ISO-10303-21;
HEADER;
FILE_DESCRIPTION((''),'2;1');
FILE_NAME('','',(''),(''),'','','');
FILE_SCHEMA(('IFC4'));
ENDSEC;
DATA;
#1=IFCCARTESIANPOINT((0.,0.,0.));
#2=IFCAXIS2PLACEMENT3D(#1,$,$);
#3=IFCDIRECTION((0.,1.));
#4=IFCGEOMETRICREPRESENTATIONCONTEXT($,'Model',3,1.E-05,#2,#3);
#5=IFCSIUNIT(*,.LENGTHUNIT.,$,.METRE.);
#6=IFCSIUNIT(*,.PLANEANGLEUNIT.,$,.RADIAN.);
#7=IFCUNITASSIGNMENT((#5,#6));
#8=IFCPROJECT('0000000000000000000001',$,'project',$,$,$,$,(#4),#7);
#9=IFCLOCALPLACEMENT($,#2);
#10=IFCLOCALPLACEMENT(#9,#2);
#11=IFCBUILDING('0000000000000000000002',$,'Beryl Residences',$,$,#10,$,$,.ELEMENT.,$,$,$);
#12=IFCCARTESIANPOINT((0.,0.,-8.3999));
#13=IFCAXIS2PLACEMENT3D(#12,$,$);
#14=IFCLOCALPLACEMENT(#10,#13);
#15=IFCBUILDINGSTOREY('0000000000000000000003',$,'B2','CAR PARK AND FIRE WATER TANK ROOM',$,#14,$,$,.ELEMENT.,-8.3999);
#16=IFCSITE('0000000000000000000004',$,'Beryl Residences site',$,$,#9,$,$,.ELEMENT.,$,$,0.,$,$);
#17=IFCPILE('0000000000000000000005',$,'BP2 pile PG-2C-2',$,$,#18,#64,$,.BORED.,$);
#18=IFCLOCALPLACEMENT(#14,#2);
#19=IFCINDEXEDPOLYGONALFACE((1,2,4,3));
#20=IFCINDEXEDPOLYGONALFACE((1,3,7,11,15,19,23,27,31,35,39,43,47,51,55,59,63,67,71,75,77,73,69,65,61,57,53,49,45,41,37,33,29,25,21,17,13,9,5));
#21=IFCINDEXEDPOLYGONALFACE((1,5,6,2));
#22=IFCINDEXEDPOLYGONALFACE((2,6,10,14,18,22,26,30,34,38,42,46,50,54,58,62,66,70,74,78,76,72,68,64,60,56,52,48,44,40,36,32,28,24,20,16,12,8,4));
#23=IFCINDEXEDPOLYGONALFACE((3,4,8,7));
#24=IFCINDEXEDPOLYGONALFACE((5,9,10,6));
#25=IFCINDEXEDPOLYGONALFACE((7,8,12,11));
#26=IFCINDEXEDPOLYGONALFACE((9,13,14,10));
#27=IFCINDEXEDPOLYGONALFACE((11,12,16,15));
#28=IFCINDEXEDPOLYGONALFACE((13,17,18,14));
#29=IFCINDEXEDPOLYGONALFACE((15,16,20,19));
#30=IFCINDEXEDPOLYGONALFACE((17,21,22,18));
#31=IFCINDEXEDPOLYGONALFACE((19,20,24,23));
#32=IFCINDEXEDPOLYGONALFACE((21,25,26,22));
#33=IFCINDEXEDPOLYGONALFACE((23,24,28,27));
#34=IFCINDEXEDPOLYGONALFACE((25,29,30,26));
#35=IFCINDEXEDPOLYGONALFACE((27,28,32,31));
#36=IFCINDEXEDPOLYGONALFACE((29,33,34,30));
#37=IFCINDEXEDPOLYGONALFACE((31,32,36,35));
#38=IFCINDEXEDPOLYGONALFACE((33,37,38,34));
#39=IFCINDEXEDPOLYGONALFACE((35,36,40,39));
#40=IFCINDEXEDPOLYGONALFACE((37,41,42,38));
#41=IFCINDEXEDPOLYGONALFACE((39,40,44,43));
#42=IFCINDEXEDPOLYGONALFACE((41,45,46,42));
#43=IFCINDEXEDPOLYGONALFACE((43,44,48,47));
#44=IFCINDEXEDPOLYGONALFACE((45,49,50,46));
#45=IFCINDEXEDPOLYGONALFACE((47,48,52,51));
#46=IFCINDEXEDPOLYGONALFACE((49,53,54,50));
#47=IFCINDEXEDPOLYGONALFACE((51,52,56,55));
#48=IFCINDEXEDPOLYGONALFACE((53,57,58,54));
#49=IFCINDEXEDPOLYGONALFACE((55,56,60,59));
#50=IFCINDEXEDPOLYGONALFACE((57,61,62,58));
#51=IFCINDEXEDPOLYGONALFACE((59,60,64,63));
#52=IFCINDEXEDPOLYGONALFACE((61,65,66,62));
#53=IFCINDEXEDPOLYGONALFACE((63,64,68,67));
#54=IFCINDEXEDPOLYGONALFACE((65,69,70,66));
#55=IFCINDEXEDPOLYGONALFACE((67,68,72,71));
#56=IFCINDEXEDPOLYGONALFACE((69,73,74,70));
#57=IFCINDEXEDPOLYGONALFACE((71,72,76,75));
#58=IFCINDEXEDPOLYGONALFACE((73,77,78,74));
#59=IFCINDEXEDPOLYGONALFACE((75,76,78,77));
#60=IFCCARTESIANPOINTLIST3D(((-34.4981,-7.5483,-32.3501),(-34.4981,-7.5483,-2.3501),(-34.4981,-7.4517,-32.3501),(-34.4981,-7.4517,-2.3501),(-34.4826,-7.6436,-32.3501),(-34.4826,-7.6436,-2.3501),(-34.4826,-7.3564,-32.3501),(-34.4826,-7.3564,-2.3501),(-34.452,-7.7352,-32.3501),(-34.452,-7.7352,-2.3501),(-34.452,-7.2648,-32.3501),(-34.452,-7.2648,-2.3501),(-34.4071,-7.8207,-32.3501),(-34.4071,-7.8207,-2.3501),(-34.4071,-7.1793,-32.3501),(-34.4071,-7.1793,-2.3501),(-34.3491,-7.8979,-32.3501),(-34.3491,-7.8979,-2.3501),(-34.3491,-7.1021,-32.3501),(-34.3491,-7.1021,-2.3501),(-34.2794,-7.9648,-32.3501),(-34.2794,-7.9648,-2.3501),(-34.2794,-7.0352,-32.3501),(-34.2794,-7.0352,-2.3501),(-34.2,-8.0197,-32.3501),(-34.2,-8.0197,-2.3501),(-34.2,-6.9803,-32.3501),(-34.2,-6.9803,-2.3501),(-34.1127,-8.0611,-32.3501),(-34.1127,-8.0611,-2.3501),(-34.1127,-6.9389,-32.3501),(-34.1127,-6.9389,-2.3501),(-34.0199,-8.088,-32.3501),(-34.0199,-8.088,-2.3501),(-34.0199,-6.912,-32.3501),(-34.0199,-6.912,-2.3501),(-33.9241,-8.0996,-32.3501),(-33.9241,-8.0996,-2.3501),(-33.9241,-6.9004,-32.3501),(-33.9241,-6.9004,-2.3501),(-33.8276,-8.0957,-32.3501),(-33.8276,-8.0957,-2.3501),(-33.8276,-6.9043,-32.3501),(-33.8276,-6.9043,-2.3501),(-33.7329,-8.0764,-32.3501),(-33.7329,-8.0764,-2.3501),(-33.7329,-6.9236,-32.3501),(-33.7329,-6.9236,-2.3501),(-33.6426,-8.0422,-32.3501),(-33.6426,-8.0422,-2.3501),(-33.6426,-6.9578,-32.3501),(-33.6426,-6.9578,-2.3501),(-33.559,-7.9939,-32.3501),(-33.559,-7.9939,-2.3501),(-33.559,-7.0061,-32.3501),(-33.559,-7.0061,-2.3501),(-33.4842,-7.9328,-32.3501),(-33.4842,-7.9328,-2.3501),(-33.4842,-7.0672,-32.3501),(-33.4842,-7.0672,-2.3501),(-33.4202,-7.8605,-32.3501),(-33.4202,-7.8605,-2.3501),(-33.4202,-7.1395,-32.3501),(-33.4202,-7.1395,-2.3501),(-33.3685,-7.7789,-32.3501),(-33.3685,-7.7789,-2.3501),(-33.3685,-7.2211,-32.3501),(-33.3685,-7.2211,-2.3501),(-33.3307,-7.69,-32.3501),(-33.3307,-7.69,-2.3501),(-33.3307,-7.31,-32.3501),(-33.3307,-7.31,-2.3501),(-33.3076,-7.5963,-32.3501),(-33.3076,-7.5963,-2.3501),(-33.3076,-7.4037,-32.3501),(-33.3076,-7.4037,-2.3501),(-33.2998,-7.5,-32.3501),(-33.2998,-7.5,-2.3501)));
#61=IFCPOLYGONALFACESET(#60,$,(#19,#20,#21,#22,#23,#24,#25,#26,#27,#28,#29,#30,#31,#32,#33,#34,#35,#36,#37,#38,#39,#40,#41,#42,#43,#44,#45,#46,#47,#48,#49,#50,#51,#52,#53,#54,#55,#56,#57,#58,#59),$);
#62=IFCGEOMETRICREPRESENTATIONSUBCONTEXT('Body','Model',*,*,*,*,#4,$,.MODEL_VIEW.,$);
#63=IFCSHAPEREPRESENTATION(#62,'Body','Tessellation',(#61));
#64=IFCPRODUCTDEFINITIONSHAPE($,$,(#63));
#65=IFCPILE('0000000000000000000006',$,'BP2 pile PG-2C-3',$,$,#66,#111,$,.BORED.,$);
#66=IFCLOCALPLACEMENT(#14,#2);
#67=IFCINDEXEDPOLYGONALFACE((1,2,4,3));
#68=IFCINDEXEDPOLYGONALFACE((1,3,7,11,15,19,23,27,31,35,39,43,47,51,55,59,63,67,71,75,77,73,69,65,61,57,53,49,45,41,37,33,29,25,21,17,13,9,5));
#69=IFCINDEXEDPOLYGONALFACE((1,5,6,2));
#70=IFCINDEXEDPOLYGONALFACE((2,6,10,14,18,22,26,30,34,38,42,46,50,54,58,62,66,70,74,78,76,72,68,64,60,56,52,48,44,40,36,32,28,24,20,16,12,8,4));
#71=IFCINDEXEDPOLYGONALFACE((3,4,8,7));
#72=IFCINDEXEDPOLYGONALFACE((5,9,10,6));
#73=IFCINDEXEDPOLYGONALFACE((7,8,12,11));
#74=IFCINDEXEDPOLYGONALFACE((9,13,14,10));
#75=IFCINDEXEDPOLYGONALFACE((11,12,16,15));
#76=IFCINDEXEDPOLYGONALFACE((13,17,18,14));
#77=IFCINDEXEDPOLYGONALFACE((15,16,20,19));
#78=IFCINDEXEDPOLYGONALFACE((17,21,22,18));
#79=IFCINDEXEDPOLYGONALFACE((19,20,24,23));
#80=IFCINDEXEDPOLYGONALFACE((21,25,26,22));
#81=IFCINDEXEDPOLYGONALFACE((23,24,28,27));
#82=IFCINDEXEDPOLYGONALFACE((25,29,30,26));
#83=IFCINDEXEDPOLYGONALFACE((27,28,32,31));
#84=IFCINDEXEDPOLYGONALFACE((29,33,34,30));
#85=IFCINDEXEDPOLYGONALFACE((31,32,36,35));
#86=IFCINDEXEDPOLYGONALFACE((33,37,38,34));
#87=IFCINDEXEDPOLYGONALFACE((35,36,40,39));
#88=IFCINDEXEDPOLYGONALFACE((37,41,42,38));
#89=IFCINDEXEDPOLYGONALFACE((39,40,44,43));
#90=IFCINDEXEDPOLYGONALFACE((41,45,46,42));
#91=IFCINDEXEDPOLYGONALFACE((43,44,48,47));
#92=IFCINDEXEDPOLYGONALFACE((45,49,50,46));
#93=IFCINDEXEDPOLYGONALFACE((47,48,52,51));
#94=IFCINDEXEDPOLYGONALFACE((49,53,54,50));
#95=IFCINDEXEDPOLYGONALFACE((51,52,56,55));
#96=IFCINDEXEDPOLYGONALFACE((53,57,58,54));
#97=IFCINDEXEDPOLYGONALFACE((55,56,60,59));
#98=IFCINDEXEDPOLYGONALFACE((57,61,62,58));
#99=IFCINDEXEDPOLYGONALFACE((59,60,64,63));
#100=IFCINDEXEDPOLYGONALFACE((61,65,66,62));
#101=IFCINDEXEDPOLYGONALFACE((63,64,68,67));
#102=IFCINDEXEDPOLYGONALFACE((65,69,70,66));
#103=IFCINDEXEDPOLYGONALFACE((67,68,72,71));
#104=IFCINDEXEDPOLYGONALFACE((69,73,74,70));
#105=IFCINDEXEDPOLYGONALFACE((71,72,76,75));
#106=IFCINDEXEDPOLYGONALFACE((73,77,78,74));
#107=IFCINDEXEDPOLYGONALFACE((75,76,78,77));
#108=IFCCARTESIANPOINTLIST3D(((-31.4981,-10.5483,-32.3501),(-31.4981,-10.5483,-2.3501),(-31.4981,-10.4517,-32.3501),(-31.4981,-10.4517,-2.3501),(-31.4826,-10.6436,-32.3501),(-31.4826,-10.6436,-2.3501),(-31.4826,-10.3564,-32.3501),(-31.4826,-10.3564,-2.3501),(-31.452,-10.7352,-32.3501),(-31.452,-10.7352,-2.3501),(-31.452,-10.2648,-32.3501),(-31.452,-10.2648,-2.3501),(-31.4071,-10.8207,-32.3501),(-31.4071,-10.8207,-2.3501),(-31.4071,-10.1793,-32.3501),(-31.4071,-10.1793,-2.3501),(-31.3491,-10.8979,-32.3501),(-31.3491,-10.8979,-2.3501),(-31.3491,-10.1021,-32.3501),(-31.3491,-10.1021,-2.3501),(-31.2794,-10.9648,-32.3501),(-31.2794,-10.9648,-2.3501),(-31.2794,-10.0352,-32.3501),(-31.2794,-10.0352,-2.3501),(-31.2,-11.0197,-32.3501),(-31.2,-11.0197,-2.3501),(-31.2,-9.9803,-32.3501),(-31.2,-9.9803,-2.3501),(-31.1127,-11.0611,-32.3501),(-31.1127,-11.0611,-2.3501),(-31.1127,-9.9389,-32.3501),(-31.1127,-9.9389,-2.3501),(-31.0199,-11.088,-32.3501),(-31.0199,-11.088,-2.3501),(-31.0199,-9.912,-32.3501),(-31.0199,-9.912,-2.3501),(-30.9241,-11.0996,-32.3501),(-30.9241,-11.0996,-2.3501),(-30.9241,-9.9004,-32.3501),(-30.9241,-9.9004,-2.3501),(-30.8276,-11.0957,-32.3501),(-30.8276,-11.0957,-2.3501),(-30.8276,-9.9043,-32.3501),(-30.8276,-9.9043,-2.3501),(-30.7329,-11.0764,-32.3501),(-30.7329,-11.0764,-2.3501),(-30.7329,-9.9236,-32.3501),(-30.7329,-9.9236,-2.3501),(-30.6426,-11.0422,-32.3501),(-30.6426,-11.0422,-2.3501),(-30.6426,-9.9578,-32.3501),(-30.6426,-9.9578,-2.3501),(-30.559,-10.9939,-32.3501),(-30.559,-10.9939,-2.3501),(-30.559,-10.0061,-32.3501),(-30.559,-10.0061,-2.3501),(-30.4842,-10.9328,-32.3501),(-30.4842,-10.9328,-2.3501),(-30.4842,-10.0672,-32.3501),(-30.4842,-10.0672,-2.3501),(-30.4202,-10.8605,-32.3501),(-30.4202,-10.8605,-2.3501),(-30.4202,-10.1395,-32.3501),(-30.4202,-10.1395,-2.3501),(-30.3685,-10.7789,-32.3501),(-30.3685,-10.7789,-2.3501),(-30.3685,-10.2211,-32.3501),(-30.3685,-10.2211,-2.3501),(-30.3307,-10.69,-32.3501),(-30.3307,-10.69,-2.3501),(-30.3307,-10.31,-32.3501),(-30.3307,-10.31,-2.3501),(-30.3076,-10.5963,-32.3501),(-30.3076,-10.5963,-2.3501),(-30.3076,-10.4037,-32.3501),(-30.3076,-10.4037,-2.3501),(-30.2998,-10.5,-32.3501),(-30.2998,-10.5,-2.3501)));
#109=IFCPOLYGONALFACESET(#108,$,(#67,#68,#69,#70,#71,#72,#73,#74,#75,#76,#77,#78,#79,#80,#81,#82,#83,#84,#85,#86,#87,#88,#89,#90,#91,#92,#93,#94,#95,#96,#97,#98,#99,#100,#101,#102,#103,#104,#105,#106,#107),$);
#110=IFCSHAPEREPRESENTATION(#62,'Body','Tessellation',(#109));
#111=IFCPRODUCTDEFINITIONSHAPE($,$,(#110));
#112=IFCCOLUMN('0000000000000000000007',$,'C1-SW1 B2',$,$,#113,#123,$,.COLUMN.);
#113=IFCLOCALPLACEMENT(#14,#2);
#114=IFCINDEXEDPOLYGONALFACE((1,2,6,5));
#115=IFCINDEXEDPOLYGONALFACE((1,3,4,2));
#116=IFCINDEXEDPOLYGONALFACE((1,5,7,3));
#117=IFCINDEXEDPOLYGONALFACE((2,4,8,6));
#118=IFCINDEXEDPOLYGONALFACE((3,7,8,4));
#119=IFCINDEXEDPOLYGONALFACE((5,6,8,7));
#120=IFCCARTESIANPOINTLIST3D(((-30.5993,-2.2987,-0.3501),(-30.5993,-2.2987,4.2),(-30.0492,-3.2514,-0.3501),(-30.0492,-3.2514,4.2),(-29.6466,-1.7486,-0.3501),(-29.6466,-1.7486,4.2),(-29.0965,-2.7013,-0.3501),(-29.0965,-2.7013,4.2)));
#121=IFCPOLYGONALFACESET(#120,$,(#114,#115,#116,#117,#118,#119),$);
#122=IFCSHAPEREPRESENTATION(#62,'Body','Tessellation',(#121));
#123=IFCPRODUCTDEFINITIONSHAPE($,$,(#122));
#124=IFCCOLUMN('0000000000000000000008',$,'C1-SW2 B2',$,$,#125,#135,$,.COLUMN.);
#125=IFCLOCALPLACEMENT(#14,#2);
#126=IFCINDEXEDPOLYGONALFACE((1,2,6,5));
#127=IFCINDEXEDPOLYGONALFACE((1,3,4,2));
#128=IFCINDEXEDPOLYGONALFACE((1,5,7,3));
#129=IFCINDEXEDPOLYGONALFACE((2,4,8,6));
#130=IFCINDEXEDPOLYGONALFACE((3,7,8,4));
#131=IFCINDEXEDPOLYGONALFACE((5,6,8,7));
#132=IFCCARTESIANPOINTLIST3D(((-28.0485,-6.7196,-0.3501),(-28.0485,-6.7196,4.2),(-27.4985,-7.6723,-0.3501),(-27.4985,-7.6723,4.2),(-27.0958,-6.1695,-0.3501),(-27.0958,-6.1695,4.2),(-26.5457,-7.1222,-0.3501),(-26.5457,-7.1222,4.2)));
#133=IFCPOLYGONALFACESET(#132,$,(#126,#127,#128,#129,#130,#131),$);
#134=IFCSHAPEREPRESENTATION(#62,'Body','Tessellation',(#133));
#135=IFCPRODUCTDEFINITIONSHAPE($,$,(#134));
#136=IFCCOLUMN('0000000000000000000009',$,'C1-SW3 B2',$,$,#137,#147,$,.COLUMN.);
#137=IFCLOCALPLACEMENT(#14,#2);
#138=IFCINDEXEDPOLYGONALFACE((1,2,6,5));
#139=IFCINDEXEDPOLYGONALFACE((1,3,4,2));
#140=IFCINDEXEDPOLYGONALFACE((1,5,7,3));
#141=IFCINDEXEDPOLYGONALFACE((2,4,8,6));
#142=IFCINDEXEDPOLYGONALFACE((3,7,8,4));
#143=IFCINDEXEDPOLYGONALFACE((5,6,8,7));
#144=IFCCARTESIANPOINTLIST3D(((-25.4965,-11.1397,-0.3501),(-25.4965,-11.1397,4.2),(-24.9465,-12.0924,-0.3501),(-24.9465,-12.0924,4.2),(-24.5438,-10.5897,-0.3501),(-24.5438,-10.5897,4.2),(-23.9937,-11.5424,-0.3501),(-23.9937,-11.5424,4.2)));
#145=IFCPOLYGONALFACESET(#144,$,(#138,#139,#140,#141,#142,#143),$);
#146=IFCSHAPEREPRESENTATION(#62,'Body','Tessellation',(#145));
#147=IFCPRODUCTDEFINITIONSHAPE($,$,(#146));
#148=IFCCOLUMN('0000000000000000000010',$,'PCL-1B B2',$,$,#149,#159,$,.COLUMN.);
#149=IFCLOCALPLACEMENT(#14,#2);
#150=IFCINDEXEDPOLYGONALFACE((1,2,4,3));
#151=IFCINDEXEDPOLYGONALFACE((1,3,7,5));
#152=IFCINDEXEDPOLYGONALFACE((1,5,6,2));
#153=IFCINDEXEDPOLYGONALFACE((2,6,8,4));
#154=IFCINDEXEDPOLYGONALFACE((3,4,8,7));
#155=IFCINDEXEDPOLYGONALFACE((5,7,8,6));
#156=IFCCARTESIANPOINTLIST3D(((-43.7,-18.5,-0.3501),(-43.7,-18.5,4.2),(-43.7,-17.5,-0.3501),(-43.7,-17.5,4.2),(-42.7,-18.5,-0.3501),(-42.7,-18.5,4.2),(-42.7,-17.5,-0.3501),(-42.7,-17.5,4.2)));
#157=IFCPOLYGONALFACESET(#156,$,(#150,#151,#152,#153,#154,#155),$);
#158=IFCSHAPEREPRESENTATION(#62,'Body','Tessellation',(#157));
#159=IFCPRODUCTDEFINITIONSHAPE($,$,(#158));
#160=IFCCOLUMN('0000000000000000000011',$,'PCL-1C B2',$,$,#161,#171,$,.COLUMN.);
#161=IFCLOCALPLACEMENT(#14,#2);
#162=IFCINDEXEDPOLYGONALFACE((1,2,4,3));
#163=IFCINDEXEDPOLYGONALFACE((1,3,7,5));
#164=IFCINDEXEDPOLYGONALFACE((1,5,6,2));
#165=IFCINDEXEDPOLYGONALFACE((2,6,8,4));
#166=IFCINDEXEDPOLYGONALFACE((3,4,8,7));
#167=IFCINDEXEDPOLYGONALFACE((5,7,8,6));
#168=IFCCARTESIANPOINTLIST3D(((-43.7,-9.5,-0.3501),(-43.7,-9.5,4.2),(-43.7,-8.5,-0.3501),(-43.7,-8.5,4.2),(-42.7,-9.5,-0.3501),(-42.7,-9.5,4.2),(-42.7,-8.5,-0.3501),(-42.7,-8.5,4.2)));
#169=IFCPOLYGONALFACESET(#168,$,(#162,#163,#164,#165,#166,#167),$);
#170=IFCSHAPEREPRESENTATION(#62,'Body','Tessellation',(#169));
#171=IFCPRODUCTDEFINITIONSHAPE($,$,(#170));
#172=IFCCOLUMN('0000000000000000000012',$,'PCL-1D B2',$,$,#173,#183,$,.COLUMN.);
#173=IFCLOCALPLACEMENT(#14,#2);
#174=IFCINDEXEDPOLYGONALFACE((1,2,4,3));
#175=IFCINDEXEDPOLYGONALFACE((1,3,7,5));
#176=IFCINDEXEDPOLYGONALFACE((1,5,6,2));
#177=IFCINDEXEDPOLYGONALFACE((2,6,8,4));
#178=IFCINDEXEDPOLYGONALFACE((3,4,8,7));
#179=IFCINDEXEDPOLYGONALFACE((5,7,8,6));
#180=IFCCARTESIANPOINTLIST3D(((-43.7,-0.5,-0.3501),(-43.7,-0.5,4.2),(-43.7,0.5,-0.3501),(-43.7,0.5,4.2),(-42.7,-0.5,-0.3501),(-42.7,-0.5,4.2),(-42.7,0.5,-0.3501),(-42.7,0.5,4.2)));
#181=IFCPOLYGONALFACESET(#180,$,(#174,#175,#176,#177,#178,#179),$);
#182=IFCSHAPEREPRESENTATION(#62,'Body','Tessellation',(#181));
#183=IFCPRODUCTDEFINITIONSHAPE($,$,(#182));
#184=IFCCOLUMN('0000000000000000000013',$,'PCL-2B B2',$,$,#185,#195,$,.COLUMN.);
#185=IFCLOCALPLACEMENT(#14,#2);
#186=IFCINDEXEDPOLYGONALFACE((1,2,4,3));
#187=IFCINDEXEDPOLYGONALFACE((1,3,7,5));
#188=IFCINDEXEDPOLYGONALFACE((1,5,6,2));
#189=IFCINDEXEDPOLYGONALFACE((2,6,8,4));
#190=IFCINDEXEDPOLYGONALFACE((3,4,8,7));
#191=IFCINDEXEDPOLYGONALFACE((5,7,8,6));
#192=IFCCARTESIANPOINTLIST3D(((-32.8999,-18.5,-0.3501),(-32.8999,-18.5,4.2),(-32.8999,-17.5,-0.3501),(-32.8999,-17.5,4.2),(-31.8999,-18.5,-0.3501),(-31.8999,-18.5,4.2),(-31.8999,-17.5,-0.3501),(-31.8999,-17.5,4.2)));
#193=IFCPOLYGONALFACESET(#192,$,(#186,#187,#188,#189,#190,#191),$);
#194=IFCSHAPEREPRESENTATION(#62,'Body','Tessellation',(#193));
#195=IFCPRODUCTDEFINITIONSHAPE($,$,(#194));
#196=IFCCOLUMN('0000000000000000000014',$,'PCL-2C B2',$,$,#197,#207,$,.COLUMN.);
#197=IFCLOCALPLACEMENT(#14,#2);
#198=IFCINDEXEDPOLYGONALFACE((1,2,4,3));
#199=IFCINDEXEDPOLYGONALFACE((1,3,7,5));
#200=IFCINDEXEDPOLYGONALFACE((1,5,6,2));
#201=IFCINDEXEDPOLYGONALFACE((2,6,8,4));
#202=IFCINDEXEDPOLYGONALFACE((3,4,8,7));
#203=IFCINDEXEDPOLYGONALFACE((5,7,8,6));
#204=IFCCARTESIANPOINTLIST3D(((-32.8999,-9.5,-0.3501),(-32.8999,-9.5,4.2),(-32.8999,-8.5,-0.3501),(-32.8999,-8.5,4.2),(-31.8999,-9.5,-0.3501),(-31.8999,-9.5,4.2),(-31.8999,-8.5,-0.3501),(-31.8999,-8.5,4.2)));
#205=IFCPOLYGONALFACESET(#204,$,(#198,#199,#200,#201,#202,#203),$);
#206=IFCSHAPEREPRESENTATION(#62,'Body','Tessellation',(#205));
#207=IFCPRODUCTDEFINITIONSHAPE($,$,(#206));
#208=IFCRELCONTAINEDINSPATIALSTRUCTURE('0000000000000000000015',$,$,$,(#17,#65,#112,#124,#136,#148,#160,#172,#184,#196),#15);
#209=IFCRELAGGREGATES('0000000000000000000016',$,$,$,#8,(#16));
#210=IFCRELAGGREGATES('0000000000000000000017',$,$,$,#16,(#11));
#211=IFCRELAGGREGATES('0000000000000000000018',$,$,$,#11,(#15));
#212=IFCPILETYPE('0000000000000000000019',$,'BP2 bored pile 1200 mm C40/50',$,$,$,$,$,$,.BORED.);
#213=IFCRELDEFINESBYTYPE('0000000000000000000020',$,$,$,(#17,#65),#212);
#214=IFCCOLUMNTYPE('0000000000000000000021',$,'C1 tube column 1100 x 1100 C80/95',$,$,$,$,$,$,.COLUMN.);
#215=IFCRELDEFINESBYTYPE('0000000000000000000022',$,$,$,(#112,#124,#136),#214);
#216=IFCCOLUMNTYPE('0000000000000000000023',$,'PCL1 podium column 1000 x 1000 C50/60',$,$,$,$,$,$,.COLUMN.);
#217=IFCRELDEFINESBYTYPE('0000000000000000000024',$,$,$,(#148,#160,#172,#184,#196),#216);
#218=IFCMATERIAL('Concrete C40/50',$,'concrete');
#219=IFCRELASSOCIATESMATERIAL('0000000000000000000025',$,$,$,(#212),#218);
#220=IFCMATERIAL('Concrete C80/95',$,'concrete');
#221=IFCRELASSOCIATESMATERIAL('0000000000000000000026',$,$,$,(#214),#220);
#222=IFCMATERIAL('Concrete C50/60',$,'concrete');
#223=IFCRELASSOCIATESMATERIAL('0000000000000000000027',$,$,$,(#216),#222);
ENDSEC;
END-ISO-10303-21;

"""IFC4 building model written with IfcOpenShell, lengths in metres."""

from ifc_helpers import new_model, si_unit, direction, frame, origin, origin_2d, place, context, subcontext, project, spatial, rectangle, circle, extrude, material, material_profile, profile_set, type_object, element, save


model = new_model("IFC4")

# Units and contexts
model_context = context("Model", 3, precision=1e-05, world=origin(), true_north=direction((0.0, 1.0)))
body_context = subcontext(model_context, "Body", "Model", "MODEL_VIEW")
ifc_project = project(units=[si_unit("LENGTHUNIT", "METRE"), si_unit("PLANEANGLEUNIT", "RADIAN")], contexts=[model_context])

# Site, building, storey
site_placement = place(None, origin())
site = spatial("IfcSite", under=ifc_project, at=site_placement, Name="Beryl Residences site", CompositionType="ELEMENT", RefElevation=0.0)
building_placement = place(site_placement, origin())
building = spatial("IfcBuilding", under=site, at=building_placement, Name="Beryl Residences", CompositionType="ELEMENT")
storey_placement = place(building_placement, frame((0.0, 0.0, -8.3999)))
storey = spatial("IfcBuildingStorey", under=building, at=storey_placement, Name="B2", Description="CAR PARK AND FIRE WATER TANK ROOM", CompositionType="ELEMENT", Elevation=-8.3999)

# Piles
ifc_material_1 = material(Name="Concrete C40/50", Category="concrete")
ifc_material_profile_1 = material_profile(ifc_material_1, circle(Radius=0.6001, at=origin_2d()))
ifc_profile_set_1 = profile_set([ifc_material_profile_1], Name="Concrete C40/50")
pile_type_1 = type_object("IfcPileType", Name="BP2 bored pile 1200 mm C40/50", PredefinedType="BORED", material=ifc_profile_set_1)
for number, where, z_axis, x_axis, name in (
    (1, (-33.8999, -7.5, -2.3501), (0.0, 0.0, -1.0), (1.0, 0.0, 0.0), "BP2 pile PG-2C-2"),
    (2, (-30.8999, -10.5, -2.3501), (0.0, 0.0, -1.0), (1.0, 0.0, 0.0), "BP2 pile PG-2C-3"),
):
    element("IfcPile", number, at=place(storey_placement, frame(where, z_axis=z_axis, x_axis=x_axis)), inside=storey, type_object=pile_type_1, Name=name, PredefinedType="BORED", context=body_context, shape_type="SweptSolid", body=[
        extrude(circle(Radius=0.6001, at=origin_2d()), origin(), (0.0, 0.0, 1.0), 30.0),
    ])

# Columns
ifc_material_2 = material(Name="Concrete C80/95", Category="concrete")
ifc_material_profile_2 = material_profile(ifc_material_2, rectangle(XDim=1.1001, YDim=1.1001, at=origin_2d()))
ifc_profile_set_2 = profile_set([ifc_material_profile_2], Name="Concrete C80/95")
column_type_1 = type_object("IfcColumnType", Name="C1 tube column 1100 x 1100 C80/95", PredefinedType="COLUMN", material=ifc_profile_set_2)
for number, where, z_axis, x_axis, name in (
    (3, (-29.8479, -2.5, -0.3501), (0.0, 0.0, 1.0), (0.499985, -0.866034, 0.0), "C1-SW1 B2"),
    (4, (-27.2971, -6.9209, -0.3501), (0.0, 0.0, 1.0), (0.499985, -0.866034, 0.0), "C1-SW2 B2"),
    (5, (-24.7451, -11.3411, -0.3501), (0.0, 0.0, 1.0), (0.499985, -0.866034, 0.0), "C1-SW3 B2"),
):
    element("IfcColumn", number, at=place(storey_placement, frame(where, z_axis=z_axis, x_axis=x_axis)), inside=storey, type_object=column_type_1, Name=name, PredefinedType="COLUMN", context=body_context, shape_type="SweptSolid", body=[
        extrude(rectangle(XDim=1.1001, YDim=1.1001, at=origin_2d()), origin(), (0.0, 0.0, 1.0), 4.55),
    ])
ifc_material_3 = material(Name="Concrete C50/60", Category="concrete")
ifc_material_profile_3 = material_profile(ifc_material_3, rectangle(XDim=1.0, YDim=1.0, at=origin_2d()))
ifc_profile_set_3 = profile_set([ifc_material_profile_3], Name="Concrete C50/60")
column_type_2 = type_object("IfcColumnType", Name="PCL1 podium column 1000 x 1000 C50/60", PredefinedType="COLUMN", material=ifc_profile_set_3)
for number, where, z_axis, x_axis, name in (
    (6, (-43.2, -18.0, -0.3501), (0.0, 0.0, 1.0), (1.0, 0.0, 0.0), "PCL-1B B2"),
    (7, (-43.2, -9.0, -0.3501), (0.0, 0.0, 1.0), (1.0, 0.0, 0.0), "PCL-1C B2"),
    (8, (-43.2, 0.0, -0.3501), (0.0, 0.0, 1.0), (1.0, 0.0, 0.0), "PCL-1D B2"),
    (9, (-32.3999, -18.0, -0.3501), (0.0, 0.0, 1.0), (1.0, 0.0, 0.0), "PCL-2B B2"),
    (10, (-32.3999, -9.0, -0.3501), (0.0, 0.0, 1.0), (1.0, 0.0, 0.0), "PCL-2C B2"),
):
    element("IfcColumn", number, at=place(storey_placement, frame(where, z_axis=z_axis, x_axis=x_axis)), inside=storey, type_object=column_type_2, Name=name, PredefinedType="COLUMN", context=body_context, shape_type="SweptSolid", body=[
        extrude(rectangle(XDim=1.0, YDim=1.0, at=origin_2d()), origin(), (0.0, 0.0, 1.0), 4.55),
    ])

save(model, "model.ifc")
